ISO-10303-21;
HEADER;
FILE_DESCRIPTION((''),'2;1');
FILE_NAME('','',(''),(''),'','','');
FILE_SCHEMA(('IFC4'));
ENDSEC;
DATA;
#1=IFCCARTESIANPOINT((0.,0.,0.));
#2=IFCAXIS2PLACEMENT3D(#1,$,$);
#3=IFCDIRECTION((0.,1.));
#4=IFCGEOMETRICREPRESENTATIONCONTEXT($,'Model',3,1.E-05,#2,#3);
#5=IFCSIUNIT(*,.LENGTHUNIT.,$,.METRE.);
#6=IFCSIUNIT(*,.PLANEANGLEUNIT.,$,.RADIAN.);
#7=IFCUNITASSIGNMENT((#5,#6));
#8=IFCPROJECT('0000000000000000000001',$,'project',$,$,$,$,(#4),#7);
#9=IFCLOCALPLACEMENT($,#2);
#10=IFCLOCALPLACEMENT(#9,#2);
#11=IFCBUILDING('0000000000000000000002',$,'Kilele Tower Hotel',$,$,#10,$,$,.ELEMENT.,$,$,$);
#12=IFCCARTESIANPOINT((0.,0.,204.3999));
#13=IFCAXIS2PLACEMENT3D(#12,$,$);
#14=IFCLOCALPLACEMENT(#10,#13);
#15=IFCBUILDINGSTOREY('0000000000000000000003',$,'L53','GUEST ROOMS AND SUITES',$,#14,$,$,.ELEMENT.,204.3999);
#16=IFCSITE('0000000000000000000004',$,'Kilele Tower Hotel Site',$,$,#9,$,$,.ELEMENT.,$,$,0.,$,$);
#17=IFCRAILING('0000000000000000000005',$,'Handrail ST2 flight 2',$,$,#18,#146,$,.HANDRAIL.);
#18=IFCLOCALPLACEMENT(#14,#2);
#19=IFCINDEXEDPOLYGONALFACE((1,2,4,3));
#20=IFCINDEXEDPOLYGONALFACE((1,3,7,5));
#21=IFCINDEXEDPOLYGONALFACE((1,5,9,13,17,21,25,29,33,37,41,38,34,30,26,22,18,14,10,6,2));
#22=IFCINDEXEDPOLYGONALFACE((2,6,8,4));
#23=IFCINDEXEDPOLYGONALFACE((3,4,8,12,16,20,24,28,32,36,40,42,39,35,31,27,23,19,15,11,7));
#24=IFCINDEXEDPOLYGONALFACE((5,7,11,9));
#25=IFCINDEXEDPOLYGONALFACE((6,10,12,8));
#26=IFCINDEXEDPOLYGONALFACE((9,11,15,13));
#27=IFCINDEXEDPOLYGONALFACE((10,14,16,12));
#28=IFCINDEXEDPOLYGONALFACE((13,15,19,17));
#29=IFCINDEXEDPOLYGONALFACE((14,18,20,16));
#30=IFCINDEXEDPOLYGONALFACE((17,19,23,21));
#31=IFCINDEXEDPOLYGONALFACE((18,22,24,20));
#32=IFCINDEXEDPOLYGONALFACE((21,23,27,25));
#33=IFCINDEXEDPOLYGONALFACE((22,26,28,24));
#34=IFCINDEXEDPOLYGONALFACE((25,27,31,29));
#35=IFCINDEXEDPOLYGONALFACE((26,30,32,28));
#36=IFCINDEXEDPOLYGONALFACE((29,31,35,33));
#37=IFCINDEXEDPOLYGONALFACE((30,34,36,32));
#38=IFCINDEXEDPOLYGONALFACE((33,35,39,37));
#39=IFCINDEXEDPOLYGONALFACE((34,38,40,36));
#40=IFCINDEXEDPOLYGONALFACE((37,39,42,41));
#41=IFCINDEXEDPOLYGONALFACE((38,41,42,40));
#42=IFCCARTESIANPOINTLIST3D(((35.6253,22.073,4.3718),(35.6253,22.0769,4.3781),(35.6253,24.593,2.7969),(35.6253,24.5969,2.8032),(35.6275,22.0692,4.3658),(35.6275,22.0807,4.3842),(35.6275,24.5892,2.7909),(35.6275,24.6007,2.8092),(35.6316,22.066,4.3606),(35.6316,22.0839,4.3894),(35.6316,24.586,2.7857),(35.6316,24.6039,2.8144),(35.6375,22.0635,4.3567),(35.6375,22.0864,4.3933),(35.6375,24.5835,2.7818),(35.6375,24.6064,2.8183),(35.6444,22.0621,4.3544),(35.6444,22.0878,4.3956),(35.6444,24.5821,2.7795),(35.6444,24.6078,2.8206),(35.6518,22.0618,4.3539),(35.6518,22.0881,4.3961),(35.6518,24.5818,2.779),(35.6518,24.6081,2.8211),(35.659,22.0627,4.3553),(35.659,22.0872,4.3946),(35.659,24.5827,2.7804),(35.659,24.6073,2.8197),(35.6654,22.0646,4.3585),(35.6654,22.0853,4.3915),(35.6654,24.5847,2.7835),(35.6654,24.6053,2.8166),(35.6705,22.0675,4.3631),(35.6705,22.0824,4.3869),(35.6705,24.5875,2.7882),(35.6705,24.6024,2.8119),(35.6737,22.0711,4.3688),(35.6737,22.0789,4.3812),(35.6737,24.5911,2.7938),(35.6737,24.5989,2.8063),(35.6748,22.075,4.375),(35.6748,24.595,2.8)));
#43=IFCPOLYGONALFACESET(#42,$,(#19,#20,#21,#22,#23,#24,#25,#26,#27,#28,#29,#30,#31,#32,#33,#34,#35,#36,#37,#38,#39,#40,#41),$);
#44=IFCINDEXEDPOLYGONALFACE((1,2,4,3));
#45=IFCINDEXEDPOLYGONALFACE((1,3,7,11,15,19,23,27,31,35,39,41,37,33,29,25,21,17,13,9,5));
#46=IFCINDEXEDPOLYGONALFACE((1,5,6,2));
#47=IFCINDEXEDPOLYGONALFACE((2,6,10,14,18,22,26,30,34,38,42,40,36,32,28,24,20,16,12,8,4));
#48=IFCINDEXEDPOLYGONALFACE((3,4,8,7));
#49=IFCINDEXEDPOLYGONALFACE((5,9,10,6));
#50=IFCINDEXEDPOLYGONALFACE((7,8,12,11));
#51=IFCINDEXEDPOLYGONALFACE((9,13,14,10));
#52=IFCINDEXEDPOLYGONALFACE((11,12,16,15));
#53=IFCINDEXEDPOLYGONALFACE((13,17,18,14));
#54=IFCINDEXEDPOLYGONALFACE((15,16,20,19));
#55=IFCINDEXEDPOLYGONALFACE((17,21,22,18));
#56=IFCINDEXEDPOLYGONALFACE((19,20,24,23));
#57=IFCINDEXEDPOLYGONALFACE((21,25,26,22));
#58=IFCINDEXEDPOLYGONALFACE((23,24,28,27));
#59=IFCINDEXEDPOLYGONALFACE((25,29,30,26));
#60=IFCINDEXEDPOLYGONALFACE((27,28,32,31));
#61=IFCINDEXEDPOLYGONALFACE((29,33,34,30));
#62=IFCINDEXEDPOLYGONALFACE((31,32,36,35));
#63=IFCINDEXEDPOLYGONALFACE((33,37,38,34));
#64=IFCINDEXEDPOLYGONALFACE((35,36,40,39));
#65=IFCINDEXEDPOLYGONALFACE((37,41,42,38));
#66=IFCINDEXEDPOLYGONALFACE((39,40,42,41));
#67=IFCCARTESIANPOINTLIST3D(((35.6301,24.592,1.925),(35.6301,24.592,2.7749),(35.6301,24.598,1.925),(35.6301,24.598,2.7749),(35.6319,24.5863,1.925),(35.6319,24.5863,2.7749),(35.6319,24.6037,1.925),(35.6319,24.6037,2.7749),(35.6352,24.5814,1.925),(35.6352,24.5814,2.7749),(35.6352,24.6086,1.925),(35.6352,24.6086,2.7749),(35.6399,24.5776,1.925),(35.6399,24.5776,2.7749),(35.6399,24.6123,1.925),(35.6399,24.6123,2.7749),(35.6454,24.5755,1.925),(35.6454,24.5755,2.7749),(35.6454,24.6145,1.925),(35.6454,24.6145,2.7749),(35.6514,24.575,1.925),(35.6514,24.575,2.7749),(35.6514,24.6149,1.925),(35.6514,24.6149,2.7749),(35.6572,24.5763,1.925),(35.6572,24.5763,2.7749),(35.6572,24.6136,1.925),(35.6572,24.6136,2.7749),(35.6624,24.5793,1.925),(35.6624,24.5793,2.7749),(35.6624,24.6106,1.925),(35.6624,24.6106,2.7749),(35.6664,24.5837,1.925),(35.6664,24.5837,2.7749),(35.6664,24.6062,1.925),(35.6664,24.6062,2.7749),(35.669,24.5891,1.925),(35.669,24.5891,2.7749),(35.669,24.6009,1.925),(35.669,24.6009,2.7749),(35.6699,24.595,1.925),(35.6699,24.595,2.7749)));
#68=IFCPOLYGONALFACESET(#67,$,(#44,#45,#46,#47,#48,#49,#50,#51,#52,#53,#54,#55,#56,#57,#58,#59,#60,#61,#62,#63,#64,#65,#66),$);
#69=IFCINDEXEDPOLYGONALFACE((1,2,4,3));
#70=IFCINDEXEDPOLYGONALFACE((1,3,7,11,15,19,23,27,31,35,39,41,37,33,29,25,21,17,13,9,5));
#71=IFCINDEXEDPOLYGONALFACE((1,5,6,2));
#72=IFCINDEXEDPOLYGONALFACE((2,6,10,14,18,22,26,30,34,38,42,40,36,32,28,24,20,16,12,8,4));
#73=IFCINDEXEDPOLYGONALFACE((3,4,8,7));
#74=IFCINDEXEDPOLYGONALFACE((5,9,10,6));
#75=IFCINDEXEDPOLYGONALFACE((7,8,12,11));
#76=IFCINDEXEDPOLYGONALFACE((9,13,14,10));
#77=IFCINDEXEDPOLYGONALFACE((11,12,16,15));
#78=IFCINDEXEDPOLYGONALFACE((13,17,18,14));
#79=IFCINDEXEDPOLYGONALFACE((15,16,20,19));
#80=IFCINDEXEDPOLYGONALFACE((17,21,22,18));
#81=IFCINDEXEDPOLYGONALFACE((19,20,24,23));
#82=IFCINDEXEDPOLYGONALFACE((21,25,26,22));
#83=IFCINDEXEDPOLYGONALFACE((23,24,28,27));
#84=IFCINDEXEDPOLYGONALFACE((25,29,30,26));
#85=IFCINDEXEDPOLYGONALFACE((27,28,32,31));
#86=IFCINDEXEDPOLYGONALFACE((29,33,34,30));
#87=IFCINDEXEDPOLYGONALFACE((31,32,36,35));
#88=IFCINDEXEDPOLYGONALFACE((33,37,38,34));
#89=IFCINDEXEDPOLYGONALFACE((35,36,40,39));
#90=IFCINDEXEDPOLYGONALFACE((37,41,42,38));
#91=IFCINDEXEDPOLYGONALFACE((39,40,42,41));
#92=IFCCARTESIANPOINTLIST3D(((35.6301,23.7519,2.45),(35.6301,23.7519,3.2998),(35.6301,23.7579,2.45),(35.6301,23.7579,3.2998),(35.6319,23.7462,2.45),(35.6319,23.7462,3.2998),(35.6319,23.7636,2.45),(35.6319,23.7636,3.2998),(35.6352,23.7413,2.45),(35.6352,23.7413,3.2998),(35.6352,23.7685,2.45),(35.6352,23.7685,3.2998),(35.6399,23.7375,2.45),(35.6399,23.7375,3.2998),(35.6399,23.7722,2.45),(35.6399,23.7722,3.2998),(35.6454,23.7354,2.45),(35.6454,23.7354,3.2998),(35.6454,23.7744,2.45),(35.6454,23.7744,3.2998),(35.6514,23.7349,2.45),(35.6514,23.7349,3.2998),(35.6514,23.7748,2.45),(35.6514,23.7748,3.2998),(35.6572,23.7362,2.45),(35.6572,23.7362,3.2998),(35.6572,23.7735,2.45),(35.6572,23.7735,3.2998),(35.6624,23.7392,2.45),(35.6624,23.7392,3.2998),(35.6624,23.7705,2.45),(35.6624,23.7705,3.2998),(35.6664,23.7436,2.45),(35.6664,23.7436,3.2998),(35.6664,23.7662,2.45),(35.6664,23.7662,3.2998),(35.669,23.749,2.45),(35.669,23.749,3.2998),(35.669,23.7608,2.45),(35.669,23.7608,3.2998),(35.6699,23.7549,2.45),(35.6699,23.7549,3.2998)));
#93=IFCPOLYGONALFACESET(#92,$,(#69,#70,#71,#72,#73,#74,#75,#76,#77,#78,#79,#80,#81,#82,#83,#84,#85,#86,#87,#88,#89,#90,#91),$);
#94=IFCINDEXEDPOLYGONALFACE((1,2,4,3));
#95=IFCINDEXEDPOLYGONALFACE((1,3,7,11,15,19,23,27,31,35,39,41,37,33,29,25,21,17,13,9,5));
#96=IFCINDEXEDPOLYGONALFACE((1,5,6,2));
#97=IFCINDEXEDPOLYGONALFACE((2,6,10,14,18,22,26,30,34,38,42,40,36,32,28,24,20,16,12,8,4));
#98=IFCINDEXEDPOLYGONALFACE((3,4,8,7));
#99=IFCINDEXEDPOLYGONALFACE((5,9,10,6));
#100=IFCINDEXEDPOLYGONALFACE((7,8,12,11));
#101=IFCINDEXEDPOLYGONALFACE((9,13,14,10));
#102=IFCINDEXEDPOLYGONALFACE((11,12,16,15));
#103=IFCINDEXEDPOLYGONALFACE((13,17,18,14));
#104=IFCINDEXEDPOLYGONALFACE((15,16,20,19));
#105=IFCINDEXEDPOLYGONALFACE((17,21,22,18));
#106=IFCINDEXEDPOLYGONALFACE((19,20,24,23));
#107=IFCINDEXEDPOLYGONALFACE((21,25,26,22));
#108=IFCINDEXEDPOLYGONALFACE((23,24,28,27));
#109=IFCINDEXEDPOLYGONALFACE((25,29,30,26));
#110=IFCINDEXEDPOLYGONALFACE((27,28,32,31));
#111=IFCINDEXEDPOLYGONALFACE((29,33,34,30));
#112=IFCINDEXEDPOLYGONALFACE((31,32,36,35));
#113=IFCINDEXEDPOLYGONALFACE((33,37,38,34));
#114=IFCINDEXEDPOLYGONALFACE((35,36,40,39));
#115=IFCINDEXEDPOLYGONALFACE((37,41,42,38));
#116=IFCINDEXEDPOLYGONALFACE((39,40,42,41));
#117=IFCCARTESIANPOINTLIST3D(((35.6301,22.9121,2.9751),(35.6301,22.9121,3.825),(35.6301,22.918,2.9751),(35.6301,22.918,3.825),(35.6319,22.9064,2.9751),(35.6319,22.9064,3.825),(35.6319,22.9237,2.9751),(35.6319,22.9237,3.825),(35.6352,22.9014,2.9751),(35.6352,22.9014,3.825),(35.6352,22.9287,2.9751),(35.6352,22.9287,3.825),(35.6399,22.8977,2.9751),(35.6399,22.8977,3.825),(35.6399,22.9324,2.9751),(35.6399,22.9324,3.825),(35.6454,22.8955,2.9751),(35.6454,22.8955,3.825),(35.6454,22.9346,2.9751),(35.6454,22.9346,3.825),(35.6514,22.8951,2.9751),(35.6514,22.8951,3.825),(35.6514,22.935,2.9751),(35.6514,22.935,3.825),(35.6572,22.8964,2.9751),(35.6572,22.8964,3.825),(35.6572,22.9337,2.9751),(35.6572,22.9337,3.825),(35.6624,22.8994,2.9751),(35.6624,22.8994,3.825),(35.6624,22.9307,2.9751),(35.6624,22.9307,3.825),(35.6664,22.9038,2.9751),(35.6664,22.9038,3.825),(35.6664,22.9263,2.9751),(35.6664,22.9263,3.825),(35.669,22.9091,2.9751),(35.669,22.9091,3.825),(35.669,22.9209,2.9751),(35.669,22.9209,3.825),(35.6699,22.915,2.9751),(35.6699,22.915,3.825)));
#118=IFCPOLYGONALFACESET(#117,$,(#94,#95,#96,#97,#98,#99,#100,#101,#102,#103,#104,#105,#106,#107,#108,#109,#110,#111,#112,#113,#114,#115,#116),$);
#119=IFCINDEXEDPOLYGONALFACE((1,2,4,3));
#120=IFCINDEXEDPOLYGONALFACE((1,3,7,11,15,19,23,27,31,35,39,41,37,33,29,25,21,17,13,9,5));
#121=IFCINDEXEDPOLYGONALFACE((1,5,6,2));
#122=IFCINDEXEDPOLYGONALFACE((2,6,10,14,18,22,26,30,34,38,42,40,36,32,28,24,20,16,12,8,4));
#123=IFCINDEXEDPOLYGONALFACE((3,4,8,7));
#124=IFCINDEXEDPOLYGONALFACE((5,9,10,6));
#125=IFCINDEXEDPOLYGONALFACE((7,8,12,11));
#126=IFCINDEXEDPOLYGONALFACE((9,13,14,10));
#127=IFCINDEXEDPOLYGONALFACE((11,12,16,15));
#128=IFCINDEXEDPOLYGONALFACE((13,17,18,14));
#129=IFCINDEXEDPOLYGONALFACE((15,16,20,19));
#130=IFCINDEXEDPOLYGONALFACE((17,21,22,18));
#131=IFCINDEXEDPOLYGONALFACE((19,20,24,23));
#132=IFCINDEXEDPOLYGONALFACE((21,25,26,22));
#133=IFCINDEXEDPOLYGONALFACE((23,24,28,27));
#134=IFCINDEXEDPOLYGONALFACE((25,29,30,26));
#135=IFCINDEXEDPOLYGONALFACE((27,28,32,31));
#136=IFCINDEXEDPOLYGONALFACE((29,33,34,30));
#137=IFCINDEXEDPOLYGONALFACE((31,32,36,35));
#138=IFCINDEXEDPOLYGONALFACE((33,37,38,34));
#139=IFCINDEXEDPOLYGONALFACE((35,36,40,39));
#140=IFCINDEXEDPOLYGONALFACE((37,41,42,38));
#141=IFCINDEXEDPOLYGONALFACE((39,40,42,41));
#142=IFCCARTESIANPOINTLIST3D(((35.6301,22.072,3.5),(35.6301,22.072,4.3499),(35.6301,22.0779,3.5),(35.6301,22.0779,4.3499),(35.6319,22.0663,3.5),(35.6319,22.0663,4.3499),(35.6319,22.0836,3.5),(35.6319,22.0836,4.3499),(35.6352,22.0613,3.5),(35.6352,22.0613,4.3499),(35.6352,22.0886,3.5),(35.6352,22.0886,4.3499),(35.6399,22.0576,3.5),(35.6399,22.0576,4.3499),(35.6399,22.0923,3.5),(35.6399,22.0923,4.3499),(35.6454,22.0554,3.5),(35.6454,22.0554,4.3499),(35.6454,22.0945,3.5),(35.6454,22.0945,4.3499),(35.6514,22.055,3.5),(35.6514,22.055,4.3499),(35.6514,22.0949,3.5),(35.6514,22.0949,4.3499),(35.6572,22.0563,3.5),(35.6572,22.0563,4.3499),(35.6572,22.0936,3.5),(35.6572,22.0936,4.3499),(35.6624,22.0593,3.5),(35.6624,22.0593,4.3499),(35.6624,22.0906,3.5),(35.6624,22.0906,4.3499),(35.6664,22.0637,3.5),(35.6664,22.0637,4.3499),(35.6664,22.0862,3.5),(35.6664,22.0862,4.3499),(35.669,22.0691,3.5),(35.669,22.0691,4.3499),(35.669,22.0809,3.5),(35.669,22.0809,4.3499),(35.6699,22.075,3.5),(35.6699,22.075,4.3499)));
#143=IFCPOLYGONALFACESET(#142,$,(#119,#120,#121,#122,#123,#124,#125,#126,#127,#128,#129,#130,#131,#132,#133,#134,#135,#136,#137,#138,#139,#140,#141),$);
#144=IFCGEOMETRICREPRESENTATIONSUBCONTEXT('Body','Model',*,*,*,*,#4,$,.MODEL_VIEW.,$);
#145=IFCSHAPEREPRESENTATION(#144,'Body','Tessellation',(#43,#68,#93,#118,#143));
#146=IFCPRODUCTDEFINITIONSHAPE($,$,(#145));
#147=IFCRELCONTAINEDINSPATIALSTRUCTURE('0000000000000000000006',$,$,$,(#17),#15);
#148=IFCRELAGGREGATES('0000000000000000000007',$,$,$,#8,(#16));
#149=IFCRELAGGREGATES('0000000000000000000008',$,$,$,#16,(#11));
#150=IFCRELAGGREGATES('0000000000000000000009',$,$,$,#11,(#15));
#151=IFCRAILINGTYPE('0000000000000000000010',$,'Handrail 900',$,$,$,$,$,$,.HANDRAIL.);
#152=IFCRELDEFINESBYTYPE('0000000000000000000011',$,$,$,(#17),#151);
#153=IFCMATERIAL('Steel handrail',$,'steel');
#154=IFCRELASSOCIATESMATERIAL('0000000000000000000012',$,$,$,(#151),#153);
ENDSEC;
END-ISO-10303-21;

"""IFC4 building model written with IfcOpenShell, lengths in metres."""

from ifc_helpers import new_model, si_unit, direction, frame, origin, origin_2d, place, context, subcontext, project, spatial, circle, extrude, material, type_object, element, save


model = new_model("IFC4")

# Units and contexts
model_context = context("Model", 3, precision=1e-05, world=origin(), true_north=direction((0.0, 1.0)))
body_context = subcontext(model_context, "Body", "Model", "MODEL_VIEW")
ifc_project = project(units=[si_unit("LENGTHUNIT", "METRE"), si_unit("PLANEANGLEUNIT", "RADIAN")], contexts=[model_context])

# Site, building, storey
site_placement = place(None, origin())
site = spatial("IfcSite", under=ifc_project, at=site_placement, Name="Kilele Tower Hotel Site", CompositionType="ELEMENT", RefElevation=0.0)
building_placement = place(site_placement, origin())
building = spatial("IfcBuilding", under=site, at=building_placement, Name="Kilele Tower Hotel", CompositionType="ELEMENT")
storey_placement = place(building_placement, frame((0.0, 0.0, 204.3999)))
storey = spatial("IfcBuildingStorey", under=building, at=storey_placement, Name="L53", Description="GUEST ROOMS AND SUITES", CompositionType="ELEMENT", Elevation=204.3999)

# Railing
ifc_material_1 = material(Name="Steel handrail", Category="steel")
railing_type_1 = type_object("IfcRailingType", Name="Handrail 900", PredefinedType="HANDRAIL", material=ifc_material_1)
for number, where, name in (
    (1, (35.6499, 24.595, 1.925), "Handrail ST2 flight 2"),
):
    element("IfcRailing", number, at=place(storey_placement, frame(where)), inside=storey, type_object=railing_type_1, Name=name, PredefinedType="HANDRAIL", context=body_context, shape_type="SweptSolid", body=[
        extrude(circle(Radius=0.0249, at=origin_2d()), frame((0.0, 0.0, 0.875), z_axis=(0.0, -0.848008, 0.529984), x_axis=(1.0, 0.0, 0.0)), (0.0, 0.0, 1.0), 2.9717),
        extrude(circle(Radius=0.02, at=origin_2d()), origin(), (0.0, 0.0, 1.0), 0.8499),
        extrude(circle(Radius=0.02, at=origin_2d()), frame((0.0, -0.8401, 0.5249)), (0.0, 0.0, 1.0), 0.8499),
        extrude(circle(Radius=0.02, at=origin_2d()), frame((0.0, -1.6799, 1.05)), (0.0, 0.0, 1.0), 0.8499),
        extrude(circle(Radius=0.02, at=origin_2d()), frame((0.0, -2.52, 1.575)), (0.0, 0.0, 1.0), 0.8499),
    ])

save(model, "model.ifc")
